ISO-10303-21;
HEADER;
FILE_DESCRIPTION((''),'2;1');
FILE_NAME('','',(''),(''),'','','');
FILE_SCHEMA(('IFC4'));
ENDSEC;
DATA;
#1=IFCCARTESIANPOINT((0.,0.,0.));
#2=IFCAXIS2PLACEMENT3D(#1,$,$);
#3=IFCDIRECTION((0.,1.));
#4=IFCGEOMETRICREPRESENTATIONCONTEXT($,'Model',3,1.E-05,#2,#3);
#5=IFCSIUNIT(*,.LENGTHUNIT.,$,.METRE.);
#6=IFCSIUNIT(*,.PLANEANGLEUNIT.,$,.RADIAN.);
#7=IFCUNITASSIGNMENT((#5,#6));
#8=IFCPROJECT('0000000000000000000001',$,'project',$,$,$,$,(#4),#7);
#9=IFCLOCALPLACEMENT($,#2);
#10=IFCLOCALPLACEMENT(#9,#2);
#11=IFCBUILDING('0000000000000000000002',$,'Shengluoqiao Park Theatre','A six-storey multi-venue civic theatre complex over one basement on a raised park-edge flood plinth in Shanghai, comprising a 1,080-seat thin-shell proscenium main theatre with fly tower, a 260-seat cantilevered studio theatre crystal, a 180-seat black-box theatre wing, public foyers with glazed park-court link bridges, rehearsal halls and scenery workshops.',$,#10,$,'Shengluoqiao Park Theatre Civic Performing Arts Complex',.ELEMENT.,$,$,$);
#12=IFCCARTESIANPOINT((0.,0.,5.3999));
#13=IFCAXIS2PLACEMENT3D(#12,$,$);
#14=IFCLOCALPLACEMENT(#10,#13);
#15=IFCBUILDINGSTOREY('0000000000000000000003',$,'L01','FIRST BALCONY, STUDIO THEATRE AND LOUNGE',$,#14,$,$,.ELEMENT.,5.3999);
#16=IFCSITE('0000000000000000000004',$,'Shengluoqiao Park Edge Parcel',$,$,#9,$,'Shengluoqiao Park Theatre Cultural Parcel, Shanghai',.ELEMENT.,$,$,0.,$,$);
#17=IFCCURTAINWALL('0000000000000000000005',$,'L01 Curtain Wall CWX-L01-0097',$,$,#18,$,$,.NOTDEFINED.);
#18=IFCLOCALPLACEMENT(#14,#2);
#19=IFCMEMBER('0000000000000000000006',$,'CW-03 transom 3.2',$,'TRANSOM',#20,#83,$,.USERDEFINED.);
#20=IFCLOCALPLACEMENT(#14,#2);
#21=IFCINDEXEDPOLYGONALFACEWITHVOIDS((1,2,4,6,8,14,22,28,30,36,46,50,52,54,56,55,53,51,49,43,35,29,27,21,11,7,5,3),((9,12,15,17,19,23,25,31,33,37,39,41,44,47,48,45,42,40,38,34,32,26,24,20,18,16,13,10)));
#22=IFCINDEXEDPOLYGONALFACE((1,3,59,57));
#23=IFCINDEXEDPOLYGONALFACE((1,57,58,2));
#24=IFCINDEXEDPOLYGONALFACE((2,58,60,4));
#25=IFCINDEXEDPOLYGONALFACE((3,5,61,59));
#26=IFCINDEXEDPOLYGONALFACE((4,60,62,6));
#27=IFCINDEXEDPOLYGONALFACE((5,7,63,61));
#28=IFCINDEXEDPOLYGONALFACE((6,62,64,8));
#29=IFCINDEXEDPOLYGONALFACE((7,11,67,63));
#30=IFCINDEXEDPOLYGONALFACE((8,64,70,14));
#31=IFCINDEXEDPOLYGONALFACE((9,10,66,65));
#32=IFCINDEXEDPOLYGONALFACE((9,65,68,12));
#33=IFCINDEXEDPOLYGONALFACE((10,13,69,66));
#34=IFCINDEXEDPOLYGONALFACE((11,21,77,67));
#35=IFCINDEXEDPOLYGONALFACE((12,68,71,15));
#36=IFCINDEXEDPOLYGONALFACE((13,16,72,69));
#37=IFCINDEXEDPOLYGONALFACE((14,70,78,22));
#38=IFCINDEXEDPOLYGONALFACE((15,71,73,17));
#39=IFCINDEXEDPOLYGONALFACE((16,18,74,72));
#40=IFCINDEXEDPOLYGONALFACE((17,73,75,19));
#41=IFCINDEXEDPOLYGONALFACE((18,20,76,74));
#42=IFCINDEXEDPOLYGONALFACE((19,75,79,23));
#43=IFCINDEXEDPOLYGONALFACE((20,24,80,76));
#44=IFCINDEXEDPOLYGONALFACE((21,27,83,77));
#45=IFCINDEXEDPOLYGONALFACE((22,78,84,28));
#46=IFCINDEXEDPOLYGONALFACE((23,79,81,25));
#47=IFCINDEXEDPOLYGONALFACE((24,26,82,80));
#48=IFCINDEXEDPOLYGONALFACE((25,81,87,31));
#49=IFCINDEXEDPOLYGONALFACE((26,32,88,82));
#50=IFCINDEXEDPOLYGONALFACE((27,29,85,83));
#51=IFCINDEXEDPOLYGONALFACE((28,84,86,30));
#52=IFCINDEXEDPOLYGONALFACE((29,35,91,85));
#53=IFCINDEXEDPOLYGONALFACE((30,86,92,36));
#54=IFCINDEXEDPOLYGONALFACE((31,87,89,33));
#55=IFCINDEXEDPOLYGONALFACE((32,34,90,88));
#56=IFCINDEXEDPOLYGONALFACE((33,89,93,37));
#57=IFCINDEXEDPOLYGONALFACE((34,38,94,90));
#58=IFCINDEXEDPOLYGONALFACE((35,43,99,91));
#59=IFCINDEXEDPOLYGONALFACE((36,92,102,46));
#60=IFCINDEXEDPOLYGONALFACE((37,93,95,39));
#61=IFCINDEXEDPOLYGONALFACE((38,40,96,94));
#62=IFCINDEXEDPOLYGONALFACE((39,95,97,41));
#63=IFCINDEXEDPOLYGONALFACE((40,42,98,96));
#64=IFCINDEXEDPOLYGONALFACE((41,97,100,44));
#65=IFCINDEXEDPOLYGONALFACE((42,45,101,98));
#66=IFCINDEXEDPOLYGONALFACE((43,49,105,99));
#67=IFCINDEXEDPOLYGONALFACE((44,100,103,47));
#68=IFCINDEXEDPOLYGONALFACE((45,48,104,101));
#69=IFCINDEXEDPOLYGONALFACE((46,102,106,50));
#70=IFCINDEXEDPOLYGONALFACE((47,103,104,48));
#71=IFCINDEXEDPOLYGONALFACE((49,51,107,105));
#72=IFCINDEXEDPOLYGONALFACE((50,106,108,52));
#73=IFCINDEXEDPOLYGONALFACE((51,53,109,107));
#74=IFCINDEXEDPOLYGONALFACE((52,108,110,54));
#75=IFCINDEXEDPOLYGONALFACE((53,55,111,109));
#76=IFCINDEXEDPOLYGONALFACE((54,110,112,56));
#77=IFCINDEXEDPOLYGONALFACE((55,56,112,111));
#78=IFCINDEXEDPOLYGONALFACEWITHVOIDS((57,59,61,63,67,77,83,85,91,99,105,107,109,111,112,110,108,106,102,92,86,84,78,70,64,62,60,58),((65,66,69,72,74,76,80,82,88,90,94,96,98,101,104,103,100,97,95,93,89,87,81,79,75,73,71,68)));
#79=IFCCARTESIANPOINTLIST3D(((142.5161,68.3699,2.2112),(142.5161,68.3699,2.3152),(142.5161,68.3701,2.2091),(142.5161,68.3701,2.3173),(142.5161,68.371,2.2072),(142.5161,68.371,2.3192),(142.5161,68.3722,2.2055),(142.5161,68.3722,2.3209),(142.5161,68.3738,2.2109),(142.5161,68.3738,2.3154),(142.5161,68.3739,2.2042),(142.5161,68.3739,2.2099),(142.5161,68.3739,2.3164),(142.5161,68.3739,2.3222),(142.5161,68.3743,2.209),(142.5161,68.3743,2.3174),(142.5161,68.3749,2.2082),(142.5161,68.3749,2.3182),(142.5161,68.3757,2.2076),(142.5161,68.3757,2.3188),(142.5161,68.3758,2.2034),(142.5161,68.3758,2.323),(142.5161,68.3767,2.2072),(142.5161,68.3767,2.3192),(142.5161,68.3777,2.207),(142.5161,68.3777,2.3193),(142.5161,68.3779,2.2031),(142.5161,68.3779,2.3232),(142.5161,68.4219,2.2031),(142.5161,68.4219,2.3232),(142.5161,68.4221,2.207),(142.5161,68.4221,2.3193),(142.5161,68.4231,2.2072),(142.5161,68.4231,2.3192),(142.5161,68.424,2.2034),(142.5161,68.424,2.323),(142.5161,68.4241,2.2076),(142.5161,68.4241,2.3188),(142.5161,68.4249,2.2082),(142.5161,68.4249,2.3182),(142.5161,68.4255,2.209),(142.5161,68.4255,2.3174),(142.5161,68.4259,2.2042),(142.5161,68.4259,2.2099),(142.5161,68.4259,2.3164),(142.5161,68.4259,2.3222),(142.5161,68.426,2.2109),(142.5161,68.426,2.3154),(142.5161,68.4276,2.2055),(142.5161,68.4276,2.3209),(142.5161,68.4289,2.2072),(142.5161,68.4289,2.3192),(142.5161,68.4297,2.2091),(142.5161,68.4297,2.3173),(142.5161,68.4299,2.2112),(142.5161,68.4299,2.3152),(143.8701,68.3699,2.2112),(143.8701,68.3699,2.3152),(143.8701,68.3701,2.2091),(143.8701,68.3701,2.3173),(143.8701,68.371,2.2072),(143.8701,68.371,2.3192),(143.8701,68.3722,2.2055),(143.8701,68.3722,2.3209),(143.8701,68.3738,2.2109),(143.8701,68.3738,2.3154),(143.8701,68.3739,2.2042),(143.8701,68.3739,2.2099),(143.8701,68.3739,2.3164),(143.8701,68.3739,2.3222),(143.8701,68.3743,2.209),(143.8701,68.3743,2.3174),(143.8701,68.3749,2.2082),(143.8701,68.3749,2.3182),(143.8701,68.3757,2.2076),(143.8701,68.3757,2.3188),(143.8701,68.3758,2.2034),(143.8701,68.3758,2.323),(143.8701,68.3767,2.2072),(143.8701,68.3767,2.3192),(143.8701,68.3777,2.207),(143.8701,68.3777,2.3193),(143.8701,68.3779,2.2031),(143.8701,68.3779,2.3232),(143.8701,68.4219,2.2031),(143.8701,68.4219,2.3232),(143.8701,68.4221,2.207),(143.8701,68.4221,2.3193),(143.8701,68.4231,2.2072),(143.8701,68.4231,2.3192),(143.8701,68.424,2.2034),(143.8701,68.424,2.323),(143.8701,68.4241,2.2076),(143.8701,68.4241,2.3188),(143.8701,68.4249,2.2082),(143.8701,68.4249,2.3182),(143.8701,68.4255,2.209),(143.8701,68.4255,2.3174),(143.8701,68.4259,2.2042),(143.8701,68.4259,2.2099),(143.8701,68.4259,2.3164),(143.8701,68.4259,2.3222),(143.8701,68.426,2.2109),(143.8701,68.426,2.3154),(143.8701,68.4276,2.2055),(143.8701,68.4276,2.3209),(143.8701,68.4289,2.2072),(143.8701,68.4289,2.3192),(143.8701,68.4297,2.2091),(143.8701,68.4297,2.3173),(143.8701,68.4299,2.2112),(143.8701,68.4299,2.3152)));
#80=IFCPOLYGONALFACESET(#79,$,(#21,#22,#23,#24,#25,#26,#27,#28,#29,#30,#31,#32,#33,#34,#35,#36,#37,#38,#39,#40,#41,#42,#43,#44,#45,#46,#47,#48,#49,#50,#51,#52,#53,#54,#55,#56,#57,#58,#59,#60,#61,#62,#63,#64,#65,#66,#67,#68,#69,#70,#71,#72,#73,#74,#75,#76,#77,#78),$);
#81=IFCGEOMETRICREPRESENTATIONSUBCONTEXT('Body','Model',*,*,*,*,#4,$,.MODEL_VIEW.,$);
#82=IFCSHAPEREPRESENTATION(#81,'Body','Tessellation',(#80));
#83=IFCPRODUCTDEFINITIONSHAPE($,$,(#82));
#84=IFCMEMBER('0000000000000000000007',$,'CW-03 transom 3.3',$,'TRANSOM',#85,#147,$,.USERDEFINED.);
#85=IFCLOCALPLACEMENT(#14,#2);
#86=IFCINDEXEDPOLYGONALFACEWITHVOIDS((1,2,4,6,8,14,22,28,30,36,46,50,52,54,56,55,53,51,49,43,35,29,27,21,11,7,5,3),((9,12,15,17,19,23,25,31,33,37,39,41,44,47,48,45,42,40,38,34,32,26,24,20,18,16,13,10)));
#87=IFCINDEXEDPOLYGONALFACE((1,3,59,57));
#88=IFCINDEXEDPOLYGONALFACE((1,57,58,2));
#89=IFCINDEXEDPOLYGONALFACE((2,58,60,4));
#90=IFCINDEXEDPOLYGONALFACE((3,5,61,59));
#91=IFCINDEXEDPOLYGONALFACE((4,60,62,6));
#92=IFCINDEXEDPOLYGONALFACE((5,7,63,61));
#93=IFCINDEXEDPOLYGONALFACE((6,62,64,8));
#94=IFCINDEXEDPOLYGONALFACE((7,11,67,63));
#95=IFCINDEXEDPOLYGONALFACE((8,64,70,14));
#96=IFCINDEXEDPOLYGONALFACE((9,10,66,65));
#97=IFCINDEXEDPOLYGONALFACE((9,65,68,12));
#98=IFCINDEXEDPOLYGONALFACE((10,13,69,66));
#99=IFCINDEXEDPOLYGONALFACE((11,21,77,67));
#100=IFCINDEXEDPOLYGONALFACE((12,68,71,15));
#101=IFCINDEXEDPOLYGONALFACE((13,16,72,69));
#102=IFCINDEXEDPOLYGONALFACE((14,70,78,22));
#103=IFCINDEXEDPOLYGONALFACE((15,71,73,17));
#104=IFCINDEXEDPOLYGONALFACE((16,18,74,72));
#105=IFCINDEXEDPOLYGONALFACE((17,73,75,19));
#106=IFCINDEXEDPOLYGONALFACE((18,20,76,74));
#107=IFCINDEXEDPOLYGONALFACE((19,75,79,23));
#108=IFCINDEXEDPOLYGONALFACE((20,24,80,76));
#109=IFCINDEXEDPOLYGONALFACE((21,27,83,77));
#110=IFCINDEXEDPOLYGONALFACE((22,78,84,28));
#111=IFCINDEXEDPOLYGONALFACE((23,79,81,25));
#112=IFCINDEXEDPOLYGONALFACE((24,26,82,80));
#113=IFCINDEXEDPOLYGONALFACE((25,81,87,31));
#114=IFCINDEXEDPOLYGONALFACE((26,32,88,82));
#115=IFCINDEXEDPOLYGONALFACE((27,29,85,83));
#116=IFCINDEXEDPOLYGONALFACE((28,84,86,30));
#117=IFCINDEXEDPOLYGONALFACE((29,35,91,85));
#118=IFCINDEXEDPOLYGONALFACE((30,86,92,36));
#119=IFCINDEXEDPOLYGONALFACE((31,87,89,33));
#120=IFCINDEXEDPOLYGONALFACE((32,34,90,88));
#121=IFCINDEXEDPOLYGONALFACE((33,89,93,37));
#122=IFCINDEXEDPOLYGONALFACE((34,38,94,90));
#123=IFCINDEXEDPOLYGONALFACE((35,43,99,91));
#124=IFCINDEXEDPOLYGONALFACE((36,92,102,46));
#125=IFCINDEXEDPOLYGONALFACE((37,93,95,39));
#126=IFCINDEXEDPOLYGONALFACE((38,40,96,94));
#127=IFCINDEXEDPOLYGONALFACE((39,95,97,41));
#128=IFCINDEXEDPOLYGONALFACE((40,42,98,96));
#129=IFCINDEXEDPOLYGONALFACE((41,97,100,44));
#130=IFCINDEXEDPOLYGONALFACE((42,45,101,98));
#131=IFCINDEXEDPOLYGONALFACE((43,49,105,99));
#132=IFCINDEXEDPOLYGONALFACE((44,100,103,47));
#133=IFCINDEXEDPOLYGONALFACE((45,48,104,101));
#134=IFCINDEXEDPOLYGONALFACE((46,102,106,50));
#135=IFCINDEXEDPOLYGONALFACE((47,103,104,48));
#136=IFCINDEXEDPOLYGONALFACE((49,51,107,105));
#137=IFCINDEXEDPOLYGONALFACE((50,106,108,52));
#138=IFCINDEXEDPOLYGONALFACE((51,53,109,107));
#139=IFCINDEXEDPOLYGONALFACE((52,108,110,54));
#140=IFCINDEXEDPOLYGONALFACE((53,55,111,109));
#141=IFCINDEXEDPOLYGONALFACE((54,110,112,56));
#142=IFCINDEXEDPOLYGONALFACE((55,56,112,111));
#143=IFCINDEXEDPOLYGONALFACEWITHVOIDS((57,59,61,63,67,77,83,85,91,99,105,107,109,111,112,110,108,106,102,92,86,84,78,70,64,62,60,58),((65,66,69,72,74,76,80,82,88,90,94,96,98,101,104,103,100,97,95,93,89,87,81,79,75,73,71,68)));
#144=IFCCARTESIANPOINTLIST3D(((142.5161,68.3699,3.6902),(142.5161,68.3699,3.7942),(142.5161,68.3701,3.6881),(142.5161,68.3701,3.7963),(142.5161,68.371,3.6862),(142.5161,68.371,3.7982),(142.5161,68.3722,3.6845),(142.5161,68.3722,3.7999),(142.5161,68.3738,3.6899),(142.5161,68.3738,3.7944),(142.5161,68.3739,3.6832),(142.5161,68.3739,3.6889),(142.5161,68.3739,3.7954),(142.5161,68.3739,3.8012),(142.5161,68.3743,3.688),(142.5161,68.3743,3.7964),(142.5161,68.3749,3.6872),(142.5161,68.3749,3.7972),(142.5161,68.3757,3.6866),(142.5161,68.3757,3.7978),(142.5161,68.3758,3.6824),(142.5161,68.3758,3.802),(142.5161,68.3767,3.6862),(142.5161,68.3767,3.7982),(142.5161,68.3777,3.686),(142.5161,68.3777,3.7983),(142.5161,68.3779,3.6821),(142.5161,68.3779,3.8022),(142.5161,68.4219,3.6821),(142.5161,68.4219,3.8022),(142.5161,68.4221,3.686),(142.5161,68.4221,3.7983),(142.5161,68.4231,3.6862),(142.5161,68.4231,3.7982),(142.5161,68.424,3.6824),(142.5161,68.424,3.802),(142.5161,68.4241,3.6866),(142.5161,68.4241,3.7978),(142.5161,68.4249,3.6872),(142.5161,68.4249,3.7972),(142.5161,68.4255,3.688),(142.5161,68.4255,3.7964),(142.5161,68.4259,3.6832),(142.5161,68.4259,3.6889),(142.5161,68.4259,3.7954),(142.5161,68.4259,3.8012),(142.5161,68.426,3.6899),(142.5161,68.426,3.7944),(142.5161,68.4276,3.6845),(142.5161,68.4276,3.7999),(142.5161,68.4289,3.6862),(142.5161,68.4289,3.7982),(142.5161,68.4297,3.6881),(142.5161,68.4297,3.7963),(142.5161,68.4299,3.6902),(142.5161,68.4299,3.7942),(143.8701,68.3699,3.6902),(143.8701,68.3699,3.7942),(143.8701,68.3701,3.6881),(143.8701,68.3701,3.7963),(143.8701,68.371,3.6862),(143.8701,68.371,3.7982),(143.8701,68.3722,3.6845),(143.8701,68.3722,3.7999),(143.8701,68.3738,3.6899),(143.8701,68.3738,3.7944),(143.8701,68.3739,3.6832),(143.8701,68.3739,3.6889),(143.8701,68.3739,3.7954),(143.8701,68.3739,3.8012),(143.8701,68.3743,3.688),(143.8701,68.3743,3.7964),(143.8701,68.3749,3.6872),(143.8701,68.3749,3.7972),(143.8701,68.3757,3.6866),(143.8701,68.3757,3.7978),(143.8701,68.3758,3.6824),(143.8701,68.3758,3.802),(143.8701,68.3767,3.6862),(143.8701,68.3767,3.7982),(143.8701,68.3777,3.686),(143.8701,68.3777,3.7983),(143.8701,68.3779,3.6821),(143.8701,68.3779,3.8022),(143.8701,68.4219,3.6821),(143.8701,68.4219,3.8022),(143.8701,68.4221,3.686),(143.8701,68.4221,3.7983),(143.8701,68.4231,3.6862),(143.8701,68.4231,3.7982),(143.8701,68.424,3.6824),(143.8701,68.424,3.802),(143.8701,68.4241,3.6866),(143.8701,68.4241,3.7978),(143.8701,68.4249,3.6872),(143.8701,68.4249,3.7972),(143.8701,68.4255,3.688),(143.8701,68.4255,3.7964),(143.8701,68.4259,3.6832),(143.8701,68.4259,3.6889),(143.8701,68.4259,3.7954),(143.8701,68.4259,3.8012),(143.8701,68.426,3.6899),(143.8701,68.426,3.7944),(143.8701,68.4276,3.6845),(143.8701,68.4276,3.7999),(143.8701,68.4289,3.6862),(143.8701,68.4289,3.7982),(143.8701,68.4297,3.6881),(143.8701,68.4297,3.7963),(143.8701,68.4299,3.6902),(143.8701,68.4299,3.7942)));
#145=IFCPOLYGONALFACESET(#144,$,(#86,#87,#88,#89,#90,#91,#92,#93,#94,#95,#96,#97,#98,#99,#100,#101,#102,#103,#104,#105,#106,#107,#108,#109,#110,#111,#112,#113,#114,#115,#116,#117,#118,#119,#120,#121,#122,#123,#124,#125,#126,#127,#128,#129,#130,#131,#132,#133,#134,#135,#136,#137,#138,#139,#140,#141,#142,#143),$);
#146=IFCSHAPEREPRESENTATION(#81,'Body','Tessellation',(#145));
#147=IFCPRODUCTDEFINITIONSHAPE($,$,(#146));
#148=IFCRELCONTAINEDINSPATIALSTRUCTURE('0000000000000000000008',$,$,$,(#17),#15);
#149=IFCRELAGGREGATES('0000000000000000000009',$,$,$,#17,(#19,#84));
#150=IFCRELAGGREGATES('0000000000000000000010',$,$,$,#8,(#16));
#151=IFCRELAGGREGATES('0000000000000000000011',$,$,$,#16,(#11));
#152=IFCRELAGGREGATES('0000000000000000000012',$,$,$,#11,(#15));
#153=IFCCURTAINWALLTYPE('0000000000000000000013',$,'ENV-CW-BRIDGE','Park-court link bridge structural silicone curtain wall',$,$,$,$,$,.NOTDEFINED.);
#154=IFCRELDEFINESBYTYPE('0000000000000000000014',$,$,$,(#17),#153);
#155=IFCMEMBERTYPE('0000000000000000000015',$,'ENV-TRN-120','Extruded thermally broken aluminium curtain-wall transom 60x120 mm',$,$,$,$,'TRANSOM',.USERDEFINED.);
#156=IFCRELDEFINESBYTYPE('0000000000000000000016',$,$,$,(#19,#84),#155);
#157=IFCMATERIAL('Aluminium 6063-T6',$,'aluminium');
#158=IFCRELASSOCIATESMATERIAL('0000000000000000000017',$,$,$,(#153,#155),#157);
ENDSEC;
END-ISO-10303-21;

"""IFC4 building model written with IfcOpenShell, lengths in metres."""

from ifc_helpers import new_model, si_unit, direction, frame, origin, origin_2d, place, context, subcontext, project, spatial, hollow_rectangle, extrude, material, material_profile, profile_set, type_object, element, aggregate, save


model = new_model("IFC4")

# Units and contexts
model_context = context("Model", 3, precision=1e-05, world=origin(), true_north=direction((0.0, 1.0)))
body_context = subcontext(model_context, "Body", "Model", "MODEL_VIEW")
ifc_project = project(units=[si_unit("LENGTHUNIT", "METRE"), si_unit("PLANEANGLEUNIT", "RADIAN")], contexts=[model_context])

# Site, building, storey
site_placement = place(None, origin())
site = spatial("IfcSite", under=ifc_project, at=site_placement, Name="Shengluoqiao Park Edge Parcel", LongName="Shengluoqiao Park Theatre Cultural Parcel, Shanghai", CompositionType="ELEMENT", RefElevation=0.0)
building_placement = place(site_placement, origin())
building = spatial("IfcBuilding", under=site, at=building_placement, Name="Shengluoqiao Park Theatre", Description="A six-storey multi-venue civic theatre complex over one basement on a raised park-edge flood plinth in Shanghai, comprising a 1,080-seat thin-shell proscenium main theatre with fly tower, a 260-seat cantilevered studio theatre crystal, a 180-seat black-box theatre wing, public foyers with glazed park-court link bridges, rehearsal halls and scenery workshops.", LongName="Shengluoqiao Park Theatre Civic Performing Arts Complex", CompositionType="ELEMENT")
storey_placement = place(building_placement, frame((0.0, 0.0, 5.3999)))
storey = spatial("IfcBuildingStorey", under=building, at=storey_placement, Name="L01", Description="FIRST BALCONY, STUDIO THEATRE AND LOUNGE", CompositionType="ELEMENT", Elevation=5.3999)

# Curtain wall, members
ifc_material_1 = material(Name="Aluminium 6063-T6", Category="aluminium")
curtain_wall_type = type_object("IfcCurtainWallType", Name="ENV-CW-BRIDGE", Description="Park-court link bridge structural silicone curtain wall", PredefinedType="NOTDEFINED", material=ifc_material_1)
curtain_wall_placement = place(storey_placement, origin())
curtain_wall = element("IfcCurtainWall", 1, at=curtain_wall_placement, inside=storey, type_object=curtain_wall_type, Name="L01 Curtain Wall CWX-L01-0097", PredefinedType="NOTDEFINED")
ifc_material_profile_1 = material_profile(ifc_material_1, hollow_rectangle(XDim=0.0601, YDim=0.1201, WallThickness=0.0039, InnerFilletRadius=0.0039, OuterFilletRadius=0.0081, at=origin_2d()), Name="ALU TRANSOM 120x60x4")
ifc_profile_set_1 = profile_set([ifc_material_profile_1], Name="Aluminium 6063-T6")
member_type_1 = type_object("IfcMemberType", Name="ENV-TRN-120", Description="Extruded thermally broken aluminium curtain-wall transom 60x120 mm", ElementType="TRANSOM", PredefinedType="USERDEFINED", material=ifc_profile_set_1)
member_1_placement = place(storey_placement, frame((142.5161, 68.3999, 2.2632), z_axis=(1.0, 0.0, 0.0), x_axis=(0.0, 1.0, 0.0)))
member_1 = element("IfcMember", 2, at=member_1_placement, type_object=member_type_1, Name="CW-03 transom 3.2", ObjectType="TRANSOM", PredefinedType="USERDEFINED", context=body_context, shape_type="SweptSolid", body=[
    extrude(hollow_rectangle(XDim=0.0601, YDim=0.1201, WallThickness=0.0039, InnerFilletRadius=0.0039, OuterFilletRadius=0.0081, at=origin_2d()), origin(), (0.0, 0.0, 1.0), 1.354),
])
member_2_placement = place(storey_placement, frame((142.5161, 68.3999, 3.7422), z_axis=(1.0, 0.0, 0.0), x_axis=(0.0, 1.0, 0.0)))
member_2 = element("IfcMember", 3, at=member_2_placement, type_object=member_type_1, Name="CW-03 transom 3.3", ObjectType="TRANSOM", PredefinedType="USERDEFINED", context=body_context, shape_type="SweptSolid", body=[
    extrude(hollow_rectangle(XDim=0.0601, YDim=0.1201, WallThickness=0.0039, InnerFilletRadius=0.0039, OuterFilletRadius=0.0081, at=origin_2d()), origin(), (0.0, 0.0, 1.0), 1.354),
])
aggregate(curtain_wall, [member_1, member_2])

save(model, "model.ifc")
